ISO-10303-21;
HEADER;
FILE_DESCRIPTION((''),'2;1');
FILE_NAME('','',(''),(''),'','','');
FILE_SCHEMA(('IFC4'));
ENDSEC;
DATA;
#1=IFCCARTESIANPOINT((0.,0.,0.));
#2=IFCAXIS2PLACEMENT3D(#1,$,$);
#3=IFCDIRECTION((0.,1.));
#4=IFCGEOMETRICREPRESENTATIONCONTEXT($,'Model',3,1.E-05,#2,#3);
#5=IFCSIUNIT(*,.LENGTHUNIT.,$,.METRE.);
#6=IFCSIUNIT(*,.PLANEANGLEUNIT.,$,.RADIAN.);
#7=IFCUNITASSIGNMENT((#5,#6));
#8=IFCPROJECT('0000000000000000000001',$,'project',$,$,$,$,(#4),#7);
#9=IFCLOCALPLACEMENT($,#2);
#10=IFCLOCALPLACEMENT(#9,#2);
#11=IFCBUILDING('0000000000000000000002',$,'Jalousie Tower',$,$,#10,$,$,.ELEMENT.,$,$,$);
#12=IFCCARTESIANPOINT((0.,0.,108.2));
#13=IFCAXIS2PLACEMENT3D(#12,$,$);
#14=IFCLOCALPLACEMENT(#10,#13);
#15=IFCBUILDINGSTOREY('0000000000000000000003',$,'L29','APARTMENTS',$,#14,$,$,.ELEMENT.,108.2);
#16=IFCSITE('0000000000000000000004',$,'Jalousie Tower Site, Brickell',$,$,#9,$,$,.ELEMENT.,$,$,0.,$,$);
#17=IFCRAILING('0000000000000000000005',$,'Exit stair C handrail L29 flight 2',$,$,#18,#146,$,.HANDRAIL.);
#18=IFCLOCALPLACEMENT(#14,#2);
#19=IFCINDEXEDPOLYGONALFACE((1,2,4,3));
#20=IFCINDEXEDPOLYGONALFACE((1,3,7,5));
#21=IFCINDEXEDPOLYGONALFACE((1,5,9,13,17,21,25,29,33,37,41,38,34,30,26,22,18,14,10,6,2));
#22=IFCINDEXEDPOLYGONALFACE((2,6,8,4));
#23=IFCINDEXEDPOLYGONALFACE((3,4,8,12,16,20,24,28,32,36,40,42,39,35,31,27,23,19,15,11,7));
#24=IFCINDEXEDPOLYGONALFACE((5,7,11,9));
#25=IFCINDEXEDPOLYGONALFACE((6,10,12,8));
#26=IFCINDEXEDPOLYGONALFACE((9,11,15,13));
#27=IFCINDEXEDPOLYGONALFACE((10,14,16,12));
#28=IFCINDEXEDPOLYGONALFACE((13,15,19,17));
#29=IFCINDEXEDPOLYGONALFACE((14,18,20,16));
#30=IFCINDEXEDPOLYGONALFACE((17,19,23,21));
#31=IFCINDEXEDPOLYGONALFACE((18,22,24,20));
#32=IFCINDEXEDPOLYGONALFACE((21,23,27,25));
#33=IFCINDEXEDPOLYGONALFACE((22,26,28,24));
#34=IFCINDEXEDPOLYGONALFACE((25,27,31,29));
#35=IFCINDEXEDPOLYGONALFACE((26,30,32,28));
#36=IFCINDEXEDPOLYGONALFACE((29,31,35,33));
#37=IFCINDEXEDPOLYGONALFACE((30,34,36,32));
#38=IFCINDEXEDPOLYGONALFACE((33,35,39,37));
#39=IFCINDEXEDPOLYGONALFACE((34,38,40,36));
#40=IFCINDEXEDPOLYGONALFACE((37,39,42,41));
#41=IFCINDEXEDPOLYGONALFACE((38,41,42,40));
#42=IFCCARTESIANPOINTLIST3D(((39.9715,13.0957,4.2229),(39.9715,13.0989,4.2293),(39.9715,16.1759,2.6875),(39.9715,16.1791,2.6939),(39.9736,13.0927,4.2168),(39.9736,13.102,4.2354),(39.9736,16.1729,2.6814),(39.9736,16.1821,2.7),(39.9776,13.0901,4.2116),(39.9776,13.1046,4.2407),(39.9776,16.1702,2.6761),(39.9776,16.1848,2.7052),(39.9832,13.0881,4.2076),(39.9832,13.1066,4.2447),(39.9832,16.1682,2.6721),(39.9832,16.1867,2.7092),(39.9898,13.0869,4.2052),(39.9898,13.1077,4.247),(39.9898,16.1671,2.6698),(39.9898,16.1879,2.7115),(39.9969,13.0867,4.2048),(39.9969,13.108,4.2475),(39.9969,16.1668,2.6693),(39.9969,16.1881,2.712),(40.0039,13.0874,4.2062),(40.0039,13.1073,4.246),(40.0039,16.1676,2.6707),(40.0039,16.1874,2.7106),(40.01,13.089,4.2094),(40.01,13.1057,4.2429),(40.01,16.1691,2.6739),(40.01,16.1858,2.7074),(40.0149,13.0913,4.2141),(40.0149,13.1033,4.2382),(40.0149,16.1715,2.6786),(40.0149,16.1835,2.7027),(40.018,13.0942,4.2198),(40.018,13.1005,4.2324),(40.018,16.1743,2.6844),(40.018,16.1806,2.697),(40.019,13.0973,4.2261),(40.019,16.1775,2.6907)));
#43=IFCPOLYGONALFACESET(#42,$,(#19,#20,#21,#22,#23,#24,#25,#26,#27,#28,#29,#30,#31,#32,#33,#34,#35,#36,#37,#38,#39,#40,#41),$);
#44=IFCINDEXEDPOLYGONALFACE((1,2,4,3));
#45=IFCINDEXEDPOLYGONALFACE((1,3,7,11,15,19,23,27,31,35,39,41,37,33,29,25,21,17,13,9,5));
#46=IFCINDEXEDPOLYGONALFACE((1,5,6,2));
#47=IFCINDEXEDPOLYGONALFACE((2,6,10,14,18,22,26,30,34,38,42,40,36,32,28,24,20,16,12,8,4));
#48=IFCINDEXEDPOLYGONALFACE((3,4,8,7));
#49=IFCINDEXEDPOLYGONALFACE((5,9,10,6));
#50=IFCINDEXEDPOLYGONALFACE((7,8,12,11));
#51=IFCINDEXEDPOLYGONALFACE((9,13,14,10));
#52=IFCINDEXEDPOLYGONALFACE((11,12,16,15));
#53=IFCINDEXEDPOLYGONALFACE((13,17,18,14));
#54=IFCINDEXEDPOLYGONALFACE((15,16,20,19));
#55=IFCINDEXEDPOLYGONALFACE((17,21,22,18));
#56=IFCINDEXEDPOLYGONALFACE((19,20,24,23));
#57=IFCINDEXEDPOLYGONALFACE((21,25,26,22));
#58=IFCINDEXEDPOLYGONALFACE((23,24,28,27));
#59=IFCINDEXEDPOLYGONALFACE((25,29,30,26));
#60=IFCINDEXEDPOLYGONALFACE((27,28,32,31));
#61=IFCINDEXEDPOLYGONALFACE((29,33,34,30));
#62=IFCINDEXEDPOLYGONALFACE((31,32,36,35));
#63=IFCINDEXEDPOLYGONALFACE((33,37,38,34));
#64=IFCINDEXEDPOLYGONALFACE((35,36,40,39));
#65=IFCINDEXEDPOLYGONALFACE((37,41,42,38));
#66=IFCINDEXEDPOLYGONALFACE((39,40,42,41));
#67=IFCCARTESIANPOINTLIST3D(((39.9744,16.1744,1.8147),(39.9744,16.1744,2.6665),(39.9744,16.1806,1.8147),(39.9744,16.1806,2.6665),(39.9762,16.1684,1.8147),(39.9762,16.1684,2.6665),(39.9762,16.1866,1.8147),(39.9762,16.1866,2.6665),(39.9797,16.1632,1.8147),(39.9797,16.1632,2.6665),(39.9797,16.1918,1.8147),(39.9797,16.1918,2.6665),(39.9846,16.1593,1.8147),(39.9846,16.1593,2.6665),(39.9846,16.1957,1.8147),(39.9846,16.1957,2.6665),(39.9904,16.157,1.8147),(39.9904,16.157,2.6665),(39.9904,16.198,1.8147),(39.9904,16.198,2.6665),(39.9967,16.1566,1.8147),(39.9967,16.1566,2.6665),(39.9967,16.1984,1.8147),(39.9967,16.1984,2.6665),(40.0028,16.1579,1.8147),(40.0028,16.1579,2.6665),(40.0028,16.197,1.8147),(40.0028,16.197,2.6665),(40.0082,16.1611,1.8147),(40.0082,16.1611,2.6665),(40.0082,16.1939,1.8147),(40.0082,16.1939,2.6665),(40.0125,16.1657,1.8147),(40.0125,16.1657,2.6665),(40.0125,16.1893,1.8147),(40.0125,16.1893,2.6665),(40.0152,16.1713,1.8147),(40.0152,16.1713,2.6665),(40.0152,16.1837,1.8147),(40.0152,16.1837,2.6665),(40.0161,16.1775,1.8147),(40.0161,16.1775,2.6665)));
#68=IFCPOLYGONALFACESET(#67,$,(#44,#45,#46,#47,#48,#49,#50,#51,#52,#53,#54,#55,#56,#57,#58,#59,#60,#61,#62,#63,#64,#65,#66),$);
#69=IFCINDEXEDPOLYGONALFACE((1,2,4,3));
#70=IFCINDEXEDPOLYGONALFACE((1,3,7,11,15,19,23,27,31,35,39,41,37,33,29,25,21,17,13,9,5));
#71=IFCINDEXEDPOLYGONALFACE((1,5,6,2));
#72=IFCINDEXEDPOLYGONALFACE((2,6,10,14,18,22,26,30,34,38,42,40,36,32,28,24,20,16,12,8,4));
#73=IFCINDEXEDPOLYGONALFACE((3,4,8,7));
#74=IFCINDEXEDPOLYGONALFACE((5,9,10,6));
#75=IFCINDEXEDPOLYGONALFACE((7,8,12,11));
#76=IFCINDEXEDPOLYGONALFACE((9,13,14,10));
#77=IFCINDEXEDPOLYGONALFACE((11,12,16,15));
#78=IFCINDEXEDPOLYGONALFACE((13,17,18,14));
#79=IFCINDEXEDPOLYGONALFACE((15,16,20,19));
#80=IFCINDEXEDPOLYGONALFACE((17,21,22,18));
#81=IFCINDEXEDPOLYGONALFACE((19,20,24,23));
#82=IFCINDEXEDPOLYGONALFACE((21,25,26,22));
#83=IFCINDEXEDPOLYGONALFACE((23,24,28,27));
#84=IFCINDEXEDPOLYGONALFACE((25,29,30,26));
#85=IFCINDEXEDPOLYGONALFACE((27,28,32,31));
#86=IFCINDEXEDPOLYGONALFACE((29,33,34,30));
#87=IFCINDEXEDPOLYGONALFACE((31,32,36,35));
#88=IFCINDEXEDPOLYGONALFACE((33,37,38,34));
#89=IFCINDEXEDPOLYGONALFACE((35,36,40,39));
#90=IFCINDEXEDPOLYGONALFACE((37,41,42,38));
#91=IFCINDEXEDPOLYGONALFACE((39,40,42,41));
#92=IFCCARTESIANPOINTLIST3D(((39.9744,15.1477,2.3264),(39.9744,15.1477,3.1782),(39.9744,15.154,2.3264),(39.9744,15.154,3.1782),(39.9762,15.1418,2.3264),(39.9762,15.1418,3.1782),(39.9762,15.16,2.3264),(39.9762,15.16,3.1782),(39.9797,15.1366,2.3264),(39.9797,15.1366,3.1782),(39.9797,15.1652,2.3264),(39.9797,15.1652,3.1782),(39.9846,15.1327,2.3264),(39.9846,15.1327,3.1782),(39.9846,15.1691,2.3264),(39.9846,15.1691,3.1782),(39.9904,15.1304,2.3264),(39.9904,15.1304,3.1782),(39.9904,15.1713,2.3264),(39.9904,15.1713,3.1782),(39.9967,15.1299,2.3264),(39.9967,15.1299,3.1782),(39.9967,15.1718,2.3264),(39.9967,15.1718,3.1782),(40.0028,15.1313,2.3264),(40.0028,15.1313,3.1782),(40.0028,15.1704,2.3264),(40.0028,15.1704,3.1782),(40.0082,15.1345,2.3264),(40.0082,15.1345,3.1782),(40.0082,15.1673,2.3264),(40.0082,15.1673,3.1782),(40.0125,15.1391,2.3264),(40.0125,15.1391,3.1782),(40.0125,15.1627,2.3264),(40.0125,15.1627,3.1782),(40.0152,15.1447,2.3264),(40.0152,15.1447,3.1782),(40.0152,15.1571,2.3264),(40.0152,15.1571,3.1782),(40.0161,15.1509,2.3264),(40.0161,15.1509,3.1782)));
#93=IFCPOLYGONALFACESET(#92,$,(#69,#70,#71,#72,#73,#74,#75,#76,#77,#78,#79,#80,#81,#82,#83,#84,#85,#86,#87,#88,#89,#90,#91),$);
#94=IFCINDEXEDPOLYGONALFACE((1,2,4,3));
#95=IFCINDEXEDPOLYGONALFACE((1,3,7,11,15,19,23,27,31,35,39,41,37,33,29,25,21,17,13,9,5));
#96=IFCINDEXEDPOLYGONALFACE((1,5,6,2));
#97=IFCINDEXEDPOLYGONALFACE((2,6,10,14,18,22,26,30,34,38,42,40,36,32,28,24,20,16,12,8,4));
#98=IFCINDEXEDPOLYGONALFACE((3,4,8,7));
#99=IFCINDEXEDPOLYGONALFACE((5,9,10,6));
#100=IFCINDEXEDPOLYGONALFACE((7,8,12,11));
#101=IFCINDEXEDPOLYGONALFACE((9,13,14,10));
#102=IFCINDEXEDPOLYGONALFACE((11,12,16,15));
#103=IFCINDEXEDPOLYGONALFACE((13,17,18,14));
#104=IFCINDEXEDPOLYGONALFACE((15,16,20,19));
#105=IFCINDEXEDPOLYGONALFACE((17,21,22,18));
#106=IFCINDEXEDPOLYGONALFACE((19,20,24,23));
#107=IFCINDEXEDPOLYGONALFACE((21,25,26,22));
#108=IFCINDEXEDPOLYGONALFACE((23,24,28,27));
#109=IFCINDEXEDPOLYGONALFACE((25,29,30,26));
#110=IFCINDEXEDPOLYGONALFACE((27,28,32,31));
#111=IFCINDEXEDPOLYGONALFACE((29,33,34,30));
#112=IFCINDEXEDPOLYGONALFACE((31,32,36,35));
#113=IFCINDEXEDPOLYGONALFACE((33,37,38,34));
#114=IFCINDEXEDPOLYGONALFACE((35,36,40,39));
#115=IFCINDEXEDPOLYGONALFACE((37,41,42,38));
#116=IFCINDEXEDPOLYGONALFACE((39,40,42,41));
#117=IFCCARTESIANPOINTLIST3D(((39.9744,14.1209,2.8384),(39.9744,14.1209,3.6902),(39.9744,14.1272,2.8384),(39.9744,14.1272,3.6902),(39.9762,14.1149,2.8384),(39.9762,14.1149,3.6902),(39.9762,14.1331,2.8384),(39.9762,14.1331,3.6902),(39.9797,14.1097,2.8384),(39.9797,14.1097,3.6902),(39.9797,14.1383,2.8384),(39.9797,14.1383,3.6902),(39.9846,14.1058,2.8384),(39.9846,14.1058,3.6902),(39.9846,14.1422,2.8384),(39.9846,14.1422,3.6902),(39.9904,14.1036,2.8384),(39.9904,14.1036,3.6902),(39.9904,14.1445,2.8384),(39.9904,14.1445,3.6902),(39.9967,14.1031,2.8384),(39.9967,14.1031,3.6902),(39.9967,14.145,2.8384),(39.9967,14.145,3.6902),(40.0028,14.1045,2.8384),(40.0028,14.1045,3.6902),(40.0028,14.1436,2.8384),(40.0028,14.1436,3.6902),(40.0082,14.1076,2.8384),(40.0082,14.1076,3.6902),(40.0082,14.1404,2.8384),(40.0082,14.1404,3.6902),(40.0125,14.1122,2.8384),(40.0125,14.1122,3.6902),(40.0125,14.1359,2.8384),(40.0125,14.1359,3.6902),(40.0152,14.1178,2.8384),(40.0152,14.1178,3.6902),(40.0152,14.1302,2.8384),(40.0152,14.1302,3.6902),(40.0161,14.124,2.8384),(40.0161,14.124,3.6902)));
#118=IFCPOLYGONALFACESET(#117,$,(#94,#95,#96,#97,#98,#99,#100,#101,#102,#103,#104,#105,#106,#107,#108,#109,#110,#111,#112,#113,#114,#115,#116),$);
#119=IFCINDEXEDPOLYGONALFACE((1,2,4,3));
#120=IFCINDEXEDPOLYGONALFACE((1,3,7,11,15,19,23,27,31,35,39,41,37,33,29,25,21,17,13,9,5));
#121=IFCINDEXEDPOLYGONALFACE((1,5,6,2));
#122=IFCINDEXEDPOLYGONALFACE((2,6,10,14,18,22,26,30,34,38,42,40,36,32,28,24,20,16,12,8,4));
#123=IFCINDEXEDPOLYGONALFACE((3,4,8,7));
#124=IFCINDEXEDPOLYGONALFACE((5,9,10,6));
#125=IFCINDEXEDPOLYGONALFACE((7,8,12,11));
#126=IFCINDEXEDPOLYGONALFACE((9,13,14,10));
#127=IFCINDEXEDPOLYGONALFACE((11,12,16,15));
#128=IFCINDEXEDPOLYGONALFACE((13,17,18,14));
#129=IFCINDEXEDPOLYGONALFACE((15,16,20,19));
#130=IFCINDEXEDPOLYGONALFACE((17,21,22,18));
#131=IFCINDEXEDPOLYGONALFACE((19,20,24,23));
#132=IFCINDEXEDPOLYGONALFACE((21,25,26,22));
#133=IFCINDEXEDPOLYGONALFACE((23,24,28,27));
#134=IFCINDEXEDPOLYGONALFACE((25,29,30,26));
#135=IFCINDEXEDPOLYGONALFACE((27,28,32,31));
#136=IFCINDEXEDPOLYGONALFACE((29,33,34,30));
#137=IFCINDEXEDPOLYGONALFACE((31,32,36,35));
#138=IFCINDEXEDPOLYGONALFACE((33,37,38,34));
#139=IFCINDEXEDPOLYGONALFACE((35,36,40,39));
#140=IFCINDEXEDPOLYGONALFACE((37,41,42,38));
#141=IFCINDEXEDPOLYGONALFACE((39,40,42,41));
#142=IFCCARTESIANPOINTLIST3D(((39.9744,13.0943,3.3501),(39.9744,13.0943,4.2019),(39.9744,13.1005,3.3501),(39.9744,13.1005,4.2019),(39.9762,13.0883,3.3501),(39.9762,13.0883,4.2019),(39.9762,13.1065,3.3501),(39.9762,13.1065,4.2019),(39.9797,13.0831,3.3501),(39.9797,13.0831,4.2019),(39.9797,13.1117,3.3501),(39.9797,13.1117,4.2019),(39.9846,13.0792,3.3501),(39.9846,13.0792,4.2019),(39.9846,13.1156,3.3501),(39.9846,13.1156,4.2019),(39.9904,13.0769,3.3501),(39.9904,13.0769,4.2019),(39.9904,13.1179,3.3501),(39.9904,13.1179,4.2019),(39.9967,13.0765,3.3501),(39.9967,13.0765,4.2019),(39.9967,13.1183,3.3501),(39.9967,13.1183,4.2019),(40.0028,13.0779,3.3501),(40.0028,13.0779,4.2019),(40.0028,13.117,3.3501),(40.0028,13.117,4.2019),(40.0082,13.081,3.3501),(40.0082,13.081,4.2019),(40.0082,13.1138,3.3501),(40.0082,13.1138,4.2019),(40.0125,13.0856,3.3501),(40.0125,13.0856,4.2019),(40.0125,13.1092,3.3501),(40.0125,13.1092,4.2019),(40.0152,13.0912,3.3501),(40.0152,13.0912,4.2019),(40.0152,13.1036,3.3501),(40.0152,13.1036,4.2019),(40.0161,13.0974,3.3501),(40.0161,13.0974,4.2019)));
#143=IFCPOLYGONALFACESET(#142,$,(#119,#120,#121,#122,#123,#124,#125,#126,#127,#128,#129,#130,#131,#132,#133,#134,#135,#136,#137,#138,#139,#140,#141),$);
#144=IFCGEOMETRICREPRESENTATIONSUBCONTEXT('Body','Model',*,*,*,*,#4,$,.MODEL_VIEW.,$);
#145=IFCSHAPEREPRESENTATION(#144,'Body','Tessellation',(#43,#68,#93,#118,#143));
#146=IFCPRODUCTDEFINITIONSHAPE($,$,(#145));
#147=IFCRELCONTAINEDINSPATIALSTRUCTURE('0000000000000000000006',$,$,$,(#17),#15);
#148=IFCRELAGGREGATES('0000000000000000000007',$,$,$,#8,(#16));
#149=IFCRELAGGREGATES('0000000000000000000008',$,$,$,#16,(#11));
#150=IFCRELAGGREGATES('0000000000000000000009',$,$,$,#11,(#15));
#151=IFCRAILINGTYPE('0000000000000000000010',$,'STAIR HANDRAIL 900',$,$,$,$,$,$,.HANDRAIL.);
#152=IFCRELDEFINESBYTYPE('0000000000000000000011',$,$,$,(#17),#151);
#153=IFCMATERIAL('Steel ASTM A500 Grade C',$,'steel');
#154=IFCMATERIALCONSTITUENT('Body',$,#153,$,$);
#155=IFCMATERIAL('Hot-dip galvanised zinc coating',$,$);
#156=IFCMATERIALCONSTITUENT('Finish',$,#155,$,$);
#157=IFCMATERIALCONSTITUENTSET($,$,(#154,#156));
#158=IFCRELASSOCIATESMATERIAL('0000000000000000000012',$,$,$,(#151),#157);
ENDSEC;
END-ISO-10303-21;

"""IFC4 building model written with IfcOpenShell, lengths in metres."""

from ifc_helpers import new_model, si_unit, direction, frame, origin, origin_2d, place, context, subcontext, project, spatial, circle, extrude, material, constituent, constituent_set, type_object, element, save


model = new_model("IFC4")

# Units and contexts
model_context = context("Model", 3, precision=1e-05, world=origin(), true_north=direction((0.0, 1.0)))
body_context = subcontext(model_context, "Body", "Model", "MODEL_VIEW")
ifc_project = project(units=[si_unit("LENGTHUNIT", "METRE"), si_unit("PLANEANGLEUNIT", "RADIAN")], contexts=[model_context])

# Site, building, storey
site_placement = place(None, origin())
site = spatial("IfcSite", under=ifc_project, at=site_placement, Name="Jalousie Tower Site, Brickell", CompositionType="ELEMENT", RefElevation=0.0)
building_placement = place(site_placement, origin())
building = spatial("IfcBuilding", under=site, at=building_placement, Name="Jalousie Tower", CompositionType="ELEMENT")
storey_placement = place(building_placement, frame((0.0, 0.0, 108.2)))
storey = spatial("IfcBuildingStorey", under=building, at=storey_placement, Name="L29", Description="APARTMENTS", CompositionType="ELEMENT", Elevation=108.2)

# Railing
ifc_material_1 = material(Name="Steel ASTM A500 Grade C", Category="steel")
ifc_constituent_1 = constituent(ifc_material_1, Name="Body")
ifc_material_2 = material(Name="Hot-dip galvanised zinc coating")
ifc_constituent_2 = constituent(ifc_material_2, Name="Finish")
ifc_constituent_set_1 = constituent_set(constituents=[ifc_constituent_1, ifc_constituent_2])
railing_type = type_object("IfcRailingType", Name="STAIR HANDRAIL 900", PredefinedType="HANDRAIL", material=ifc_constituent_set_1)
railing_1_placement = place(storey_placement, frame((39.9951, 16.1775, 1.8147)))
element("IfcRailing", 1, at=railing_1_placement, inside=storey, type_object=railing_type, Name="Exit stair C handrail L29 flight 2", PredefinedType="HANDRAIL", context=body_context, shape_type="SweptSolid", body=[
    extrude(circle(Radius=0.0239, at=origin_2d()), frame((0.0, 0.0, 0.876), z_axis=(0.0, -0.894966, 0.446135), x_axis=(1.0, 0.0, 0.0)), (0.0, 0.0, 1.0), 3.4417),
    extrude(circle(Radius=0.021, at=origin_2d()), origin(), (0.0, 0.0, 1.0), 0.8518),
    extrude(circle(Radius=0.021, at=origin_2d()), frame((0.0, -1.0266, 0.5117)), (0.0, 0.0, 1.0), 0.8518),
    extrude(circle(Radius=0.021, at=origin_2d()), frame((0.0, -2.0535, 1.0237)), (0.0, 0.0, 1.0), 0.8518),
    extrude(circle(Radius=0.021, at=origin_2d()), frame((0.0, -3.0801, 1.5354)), (0.0, 0.0, 1.0), 0.8518),
])

save(model, "model.ifc")
